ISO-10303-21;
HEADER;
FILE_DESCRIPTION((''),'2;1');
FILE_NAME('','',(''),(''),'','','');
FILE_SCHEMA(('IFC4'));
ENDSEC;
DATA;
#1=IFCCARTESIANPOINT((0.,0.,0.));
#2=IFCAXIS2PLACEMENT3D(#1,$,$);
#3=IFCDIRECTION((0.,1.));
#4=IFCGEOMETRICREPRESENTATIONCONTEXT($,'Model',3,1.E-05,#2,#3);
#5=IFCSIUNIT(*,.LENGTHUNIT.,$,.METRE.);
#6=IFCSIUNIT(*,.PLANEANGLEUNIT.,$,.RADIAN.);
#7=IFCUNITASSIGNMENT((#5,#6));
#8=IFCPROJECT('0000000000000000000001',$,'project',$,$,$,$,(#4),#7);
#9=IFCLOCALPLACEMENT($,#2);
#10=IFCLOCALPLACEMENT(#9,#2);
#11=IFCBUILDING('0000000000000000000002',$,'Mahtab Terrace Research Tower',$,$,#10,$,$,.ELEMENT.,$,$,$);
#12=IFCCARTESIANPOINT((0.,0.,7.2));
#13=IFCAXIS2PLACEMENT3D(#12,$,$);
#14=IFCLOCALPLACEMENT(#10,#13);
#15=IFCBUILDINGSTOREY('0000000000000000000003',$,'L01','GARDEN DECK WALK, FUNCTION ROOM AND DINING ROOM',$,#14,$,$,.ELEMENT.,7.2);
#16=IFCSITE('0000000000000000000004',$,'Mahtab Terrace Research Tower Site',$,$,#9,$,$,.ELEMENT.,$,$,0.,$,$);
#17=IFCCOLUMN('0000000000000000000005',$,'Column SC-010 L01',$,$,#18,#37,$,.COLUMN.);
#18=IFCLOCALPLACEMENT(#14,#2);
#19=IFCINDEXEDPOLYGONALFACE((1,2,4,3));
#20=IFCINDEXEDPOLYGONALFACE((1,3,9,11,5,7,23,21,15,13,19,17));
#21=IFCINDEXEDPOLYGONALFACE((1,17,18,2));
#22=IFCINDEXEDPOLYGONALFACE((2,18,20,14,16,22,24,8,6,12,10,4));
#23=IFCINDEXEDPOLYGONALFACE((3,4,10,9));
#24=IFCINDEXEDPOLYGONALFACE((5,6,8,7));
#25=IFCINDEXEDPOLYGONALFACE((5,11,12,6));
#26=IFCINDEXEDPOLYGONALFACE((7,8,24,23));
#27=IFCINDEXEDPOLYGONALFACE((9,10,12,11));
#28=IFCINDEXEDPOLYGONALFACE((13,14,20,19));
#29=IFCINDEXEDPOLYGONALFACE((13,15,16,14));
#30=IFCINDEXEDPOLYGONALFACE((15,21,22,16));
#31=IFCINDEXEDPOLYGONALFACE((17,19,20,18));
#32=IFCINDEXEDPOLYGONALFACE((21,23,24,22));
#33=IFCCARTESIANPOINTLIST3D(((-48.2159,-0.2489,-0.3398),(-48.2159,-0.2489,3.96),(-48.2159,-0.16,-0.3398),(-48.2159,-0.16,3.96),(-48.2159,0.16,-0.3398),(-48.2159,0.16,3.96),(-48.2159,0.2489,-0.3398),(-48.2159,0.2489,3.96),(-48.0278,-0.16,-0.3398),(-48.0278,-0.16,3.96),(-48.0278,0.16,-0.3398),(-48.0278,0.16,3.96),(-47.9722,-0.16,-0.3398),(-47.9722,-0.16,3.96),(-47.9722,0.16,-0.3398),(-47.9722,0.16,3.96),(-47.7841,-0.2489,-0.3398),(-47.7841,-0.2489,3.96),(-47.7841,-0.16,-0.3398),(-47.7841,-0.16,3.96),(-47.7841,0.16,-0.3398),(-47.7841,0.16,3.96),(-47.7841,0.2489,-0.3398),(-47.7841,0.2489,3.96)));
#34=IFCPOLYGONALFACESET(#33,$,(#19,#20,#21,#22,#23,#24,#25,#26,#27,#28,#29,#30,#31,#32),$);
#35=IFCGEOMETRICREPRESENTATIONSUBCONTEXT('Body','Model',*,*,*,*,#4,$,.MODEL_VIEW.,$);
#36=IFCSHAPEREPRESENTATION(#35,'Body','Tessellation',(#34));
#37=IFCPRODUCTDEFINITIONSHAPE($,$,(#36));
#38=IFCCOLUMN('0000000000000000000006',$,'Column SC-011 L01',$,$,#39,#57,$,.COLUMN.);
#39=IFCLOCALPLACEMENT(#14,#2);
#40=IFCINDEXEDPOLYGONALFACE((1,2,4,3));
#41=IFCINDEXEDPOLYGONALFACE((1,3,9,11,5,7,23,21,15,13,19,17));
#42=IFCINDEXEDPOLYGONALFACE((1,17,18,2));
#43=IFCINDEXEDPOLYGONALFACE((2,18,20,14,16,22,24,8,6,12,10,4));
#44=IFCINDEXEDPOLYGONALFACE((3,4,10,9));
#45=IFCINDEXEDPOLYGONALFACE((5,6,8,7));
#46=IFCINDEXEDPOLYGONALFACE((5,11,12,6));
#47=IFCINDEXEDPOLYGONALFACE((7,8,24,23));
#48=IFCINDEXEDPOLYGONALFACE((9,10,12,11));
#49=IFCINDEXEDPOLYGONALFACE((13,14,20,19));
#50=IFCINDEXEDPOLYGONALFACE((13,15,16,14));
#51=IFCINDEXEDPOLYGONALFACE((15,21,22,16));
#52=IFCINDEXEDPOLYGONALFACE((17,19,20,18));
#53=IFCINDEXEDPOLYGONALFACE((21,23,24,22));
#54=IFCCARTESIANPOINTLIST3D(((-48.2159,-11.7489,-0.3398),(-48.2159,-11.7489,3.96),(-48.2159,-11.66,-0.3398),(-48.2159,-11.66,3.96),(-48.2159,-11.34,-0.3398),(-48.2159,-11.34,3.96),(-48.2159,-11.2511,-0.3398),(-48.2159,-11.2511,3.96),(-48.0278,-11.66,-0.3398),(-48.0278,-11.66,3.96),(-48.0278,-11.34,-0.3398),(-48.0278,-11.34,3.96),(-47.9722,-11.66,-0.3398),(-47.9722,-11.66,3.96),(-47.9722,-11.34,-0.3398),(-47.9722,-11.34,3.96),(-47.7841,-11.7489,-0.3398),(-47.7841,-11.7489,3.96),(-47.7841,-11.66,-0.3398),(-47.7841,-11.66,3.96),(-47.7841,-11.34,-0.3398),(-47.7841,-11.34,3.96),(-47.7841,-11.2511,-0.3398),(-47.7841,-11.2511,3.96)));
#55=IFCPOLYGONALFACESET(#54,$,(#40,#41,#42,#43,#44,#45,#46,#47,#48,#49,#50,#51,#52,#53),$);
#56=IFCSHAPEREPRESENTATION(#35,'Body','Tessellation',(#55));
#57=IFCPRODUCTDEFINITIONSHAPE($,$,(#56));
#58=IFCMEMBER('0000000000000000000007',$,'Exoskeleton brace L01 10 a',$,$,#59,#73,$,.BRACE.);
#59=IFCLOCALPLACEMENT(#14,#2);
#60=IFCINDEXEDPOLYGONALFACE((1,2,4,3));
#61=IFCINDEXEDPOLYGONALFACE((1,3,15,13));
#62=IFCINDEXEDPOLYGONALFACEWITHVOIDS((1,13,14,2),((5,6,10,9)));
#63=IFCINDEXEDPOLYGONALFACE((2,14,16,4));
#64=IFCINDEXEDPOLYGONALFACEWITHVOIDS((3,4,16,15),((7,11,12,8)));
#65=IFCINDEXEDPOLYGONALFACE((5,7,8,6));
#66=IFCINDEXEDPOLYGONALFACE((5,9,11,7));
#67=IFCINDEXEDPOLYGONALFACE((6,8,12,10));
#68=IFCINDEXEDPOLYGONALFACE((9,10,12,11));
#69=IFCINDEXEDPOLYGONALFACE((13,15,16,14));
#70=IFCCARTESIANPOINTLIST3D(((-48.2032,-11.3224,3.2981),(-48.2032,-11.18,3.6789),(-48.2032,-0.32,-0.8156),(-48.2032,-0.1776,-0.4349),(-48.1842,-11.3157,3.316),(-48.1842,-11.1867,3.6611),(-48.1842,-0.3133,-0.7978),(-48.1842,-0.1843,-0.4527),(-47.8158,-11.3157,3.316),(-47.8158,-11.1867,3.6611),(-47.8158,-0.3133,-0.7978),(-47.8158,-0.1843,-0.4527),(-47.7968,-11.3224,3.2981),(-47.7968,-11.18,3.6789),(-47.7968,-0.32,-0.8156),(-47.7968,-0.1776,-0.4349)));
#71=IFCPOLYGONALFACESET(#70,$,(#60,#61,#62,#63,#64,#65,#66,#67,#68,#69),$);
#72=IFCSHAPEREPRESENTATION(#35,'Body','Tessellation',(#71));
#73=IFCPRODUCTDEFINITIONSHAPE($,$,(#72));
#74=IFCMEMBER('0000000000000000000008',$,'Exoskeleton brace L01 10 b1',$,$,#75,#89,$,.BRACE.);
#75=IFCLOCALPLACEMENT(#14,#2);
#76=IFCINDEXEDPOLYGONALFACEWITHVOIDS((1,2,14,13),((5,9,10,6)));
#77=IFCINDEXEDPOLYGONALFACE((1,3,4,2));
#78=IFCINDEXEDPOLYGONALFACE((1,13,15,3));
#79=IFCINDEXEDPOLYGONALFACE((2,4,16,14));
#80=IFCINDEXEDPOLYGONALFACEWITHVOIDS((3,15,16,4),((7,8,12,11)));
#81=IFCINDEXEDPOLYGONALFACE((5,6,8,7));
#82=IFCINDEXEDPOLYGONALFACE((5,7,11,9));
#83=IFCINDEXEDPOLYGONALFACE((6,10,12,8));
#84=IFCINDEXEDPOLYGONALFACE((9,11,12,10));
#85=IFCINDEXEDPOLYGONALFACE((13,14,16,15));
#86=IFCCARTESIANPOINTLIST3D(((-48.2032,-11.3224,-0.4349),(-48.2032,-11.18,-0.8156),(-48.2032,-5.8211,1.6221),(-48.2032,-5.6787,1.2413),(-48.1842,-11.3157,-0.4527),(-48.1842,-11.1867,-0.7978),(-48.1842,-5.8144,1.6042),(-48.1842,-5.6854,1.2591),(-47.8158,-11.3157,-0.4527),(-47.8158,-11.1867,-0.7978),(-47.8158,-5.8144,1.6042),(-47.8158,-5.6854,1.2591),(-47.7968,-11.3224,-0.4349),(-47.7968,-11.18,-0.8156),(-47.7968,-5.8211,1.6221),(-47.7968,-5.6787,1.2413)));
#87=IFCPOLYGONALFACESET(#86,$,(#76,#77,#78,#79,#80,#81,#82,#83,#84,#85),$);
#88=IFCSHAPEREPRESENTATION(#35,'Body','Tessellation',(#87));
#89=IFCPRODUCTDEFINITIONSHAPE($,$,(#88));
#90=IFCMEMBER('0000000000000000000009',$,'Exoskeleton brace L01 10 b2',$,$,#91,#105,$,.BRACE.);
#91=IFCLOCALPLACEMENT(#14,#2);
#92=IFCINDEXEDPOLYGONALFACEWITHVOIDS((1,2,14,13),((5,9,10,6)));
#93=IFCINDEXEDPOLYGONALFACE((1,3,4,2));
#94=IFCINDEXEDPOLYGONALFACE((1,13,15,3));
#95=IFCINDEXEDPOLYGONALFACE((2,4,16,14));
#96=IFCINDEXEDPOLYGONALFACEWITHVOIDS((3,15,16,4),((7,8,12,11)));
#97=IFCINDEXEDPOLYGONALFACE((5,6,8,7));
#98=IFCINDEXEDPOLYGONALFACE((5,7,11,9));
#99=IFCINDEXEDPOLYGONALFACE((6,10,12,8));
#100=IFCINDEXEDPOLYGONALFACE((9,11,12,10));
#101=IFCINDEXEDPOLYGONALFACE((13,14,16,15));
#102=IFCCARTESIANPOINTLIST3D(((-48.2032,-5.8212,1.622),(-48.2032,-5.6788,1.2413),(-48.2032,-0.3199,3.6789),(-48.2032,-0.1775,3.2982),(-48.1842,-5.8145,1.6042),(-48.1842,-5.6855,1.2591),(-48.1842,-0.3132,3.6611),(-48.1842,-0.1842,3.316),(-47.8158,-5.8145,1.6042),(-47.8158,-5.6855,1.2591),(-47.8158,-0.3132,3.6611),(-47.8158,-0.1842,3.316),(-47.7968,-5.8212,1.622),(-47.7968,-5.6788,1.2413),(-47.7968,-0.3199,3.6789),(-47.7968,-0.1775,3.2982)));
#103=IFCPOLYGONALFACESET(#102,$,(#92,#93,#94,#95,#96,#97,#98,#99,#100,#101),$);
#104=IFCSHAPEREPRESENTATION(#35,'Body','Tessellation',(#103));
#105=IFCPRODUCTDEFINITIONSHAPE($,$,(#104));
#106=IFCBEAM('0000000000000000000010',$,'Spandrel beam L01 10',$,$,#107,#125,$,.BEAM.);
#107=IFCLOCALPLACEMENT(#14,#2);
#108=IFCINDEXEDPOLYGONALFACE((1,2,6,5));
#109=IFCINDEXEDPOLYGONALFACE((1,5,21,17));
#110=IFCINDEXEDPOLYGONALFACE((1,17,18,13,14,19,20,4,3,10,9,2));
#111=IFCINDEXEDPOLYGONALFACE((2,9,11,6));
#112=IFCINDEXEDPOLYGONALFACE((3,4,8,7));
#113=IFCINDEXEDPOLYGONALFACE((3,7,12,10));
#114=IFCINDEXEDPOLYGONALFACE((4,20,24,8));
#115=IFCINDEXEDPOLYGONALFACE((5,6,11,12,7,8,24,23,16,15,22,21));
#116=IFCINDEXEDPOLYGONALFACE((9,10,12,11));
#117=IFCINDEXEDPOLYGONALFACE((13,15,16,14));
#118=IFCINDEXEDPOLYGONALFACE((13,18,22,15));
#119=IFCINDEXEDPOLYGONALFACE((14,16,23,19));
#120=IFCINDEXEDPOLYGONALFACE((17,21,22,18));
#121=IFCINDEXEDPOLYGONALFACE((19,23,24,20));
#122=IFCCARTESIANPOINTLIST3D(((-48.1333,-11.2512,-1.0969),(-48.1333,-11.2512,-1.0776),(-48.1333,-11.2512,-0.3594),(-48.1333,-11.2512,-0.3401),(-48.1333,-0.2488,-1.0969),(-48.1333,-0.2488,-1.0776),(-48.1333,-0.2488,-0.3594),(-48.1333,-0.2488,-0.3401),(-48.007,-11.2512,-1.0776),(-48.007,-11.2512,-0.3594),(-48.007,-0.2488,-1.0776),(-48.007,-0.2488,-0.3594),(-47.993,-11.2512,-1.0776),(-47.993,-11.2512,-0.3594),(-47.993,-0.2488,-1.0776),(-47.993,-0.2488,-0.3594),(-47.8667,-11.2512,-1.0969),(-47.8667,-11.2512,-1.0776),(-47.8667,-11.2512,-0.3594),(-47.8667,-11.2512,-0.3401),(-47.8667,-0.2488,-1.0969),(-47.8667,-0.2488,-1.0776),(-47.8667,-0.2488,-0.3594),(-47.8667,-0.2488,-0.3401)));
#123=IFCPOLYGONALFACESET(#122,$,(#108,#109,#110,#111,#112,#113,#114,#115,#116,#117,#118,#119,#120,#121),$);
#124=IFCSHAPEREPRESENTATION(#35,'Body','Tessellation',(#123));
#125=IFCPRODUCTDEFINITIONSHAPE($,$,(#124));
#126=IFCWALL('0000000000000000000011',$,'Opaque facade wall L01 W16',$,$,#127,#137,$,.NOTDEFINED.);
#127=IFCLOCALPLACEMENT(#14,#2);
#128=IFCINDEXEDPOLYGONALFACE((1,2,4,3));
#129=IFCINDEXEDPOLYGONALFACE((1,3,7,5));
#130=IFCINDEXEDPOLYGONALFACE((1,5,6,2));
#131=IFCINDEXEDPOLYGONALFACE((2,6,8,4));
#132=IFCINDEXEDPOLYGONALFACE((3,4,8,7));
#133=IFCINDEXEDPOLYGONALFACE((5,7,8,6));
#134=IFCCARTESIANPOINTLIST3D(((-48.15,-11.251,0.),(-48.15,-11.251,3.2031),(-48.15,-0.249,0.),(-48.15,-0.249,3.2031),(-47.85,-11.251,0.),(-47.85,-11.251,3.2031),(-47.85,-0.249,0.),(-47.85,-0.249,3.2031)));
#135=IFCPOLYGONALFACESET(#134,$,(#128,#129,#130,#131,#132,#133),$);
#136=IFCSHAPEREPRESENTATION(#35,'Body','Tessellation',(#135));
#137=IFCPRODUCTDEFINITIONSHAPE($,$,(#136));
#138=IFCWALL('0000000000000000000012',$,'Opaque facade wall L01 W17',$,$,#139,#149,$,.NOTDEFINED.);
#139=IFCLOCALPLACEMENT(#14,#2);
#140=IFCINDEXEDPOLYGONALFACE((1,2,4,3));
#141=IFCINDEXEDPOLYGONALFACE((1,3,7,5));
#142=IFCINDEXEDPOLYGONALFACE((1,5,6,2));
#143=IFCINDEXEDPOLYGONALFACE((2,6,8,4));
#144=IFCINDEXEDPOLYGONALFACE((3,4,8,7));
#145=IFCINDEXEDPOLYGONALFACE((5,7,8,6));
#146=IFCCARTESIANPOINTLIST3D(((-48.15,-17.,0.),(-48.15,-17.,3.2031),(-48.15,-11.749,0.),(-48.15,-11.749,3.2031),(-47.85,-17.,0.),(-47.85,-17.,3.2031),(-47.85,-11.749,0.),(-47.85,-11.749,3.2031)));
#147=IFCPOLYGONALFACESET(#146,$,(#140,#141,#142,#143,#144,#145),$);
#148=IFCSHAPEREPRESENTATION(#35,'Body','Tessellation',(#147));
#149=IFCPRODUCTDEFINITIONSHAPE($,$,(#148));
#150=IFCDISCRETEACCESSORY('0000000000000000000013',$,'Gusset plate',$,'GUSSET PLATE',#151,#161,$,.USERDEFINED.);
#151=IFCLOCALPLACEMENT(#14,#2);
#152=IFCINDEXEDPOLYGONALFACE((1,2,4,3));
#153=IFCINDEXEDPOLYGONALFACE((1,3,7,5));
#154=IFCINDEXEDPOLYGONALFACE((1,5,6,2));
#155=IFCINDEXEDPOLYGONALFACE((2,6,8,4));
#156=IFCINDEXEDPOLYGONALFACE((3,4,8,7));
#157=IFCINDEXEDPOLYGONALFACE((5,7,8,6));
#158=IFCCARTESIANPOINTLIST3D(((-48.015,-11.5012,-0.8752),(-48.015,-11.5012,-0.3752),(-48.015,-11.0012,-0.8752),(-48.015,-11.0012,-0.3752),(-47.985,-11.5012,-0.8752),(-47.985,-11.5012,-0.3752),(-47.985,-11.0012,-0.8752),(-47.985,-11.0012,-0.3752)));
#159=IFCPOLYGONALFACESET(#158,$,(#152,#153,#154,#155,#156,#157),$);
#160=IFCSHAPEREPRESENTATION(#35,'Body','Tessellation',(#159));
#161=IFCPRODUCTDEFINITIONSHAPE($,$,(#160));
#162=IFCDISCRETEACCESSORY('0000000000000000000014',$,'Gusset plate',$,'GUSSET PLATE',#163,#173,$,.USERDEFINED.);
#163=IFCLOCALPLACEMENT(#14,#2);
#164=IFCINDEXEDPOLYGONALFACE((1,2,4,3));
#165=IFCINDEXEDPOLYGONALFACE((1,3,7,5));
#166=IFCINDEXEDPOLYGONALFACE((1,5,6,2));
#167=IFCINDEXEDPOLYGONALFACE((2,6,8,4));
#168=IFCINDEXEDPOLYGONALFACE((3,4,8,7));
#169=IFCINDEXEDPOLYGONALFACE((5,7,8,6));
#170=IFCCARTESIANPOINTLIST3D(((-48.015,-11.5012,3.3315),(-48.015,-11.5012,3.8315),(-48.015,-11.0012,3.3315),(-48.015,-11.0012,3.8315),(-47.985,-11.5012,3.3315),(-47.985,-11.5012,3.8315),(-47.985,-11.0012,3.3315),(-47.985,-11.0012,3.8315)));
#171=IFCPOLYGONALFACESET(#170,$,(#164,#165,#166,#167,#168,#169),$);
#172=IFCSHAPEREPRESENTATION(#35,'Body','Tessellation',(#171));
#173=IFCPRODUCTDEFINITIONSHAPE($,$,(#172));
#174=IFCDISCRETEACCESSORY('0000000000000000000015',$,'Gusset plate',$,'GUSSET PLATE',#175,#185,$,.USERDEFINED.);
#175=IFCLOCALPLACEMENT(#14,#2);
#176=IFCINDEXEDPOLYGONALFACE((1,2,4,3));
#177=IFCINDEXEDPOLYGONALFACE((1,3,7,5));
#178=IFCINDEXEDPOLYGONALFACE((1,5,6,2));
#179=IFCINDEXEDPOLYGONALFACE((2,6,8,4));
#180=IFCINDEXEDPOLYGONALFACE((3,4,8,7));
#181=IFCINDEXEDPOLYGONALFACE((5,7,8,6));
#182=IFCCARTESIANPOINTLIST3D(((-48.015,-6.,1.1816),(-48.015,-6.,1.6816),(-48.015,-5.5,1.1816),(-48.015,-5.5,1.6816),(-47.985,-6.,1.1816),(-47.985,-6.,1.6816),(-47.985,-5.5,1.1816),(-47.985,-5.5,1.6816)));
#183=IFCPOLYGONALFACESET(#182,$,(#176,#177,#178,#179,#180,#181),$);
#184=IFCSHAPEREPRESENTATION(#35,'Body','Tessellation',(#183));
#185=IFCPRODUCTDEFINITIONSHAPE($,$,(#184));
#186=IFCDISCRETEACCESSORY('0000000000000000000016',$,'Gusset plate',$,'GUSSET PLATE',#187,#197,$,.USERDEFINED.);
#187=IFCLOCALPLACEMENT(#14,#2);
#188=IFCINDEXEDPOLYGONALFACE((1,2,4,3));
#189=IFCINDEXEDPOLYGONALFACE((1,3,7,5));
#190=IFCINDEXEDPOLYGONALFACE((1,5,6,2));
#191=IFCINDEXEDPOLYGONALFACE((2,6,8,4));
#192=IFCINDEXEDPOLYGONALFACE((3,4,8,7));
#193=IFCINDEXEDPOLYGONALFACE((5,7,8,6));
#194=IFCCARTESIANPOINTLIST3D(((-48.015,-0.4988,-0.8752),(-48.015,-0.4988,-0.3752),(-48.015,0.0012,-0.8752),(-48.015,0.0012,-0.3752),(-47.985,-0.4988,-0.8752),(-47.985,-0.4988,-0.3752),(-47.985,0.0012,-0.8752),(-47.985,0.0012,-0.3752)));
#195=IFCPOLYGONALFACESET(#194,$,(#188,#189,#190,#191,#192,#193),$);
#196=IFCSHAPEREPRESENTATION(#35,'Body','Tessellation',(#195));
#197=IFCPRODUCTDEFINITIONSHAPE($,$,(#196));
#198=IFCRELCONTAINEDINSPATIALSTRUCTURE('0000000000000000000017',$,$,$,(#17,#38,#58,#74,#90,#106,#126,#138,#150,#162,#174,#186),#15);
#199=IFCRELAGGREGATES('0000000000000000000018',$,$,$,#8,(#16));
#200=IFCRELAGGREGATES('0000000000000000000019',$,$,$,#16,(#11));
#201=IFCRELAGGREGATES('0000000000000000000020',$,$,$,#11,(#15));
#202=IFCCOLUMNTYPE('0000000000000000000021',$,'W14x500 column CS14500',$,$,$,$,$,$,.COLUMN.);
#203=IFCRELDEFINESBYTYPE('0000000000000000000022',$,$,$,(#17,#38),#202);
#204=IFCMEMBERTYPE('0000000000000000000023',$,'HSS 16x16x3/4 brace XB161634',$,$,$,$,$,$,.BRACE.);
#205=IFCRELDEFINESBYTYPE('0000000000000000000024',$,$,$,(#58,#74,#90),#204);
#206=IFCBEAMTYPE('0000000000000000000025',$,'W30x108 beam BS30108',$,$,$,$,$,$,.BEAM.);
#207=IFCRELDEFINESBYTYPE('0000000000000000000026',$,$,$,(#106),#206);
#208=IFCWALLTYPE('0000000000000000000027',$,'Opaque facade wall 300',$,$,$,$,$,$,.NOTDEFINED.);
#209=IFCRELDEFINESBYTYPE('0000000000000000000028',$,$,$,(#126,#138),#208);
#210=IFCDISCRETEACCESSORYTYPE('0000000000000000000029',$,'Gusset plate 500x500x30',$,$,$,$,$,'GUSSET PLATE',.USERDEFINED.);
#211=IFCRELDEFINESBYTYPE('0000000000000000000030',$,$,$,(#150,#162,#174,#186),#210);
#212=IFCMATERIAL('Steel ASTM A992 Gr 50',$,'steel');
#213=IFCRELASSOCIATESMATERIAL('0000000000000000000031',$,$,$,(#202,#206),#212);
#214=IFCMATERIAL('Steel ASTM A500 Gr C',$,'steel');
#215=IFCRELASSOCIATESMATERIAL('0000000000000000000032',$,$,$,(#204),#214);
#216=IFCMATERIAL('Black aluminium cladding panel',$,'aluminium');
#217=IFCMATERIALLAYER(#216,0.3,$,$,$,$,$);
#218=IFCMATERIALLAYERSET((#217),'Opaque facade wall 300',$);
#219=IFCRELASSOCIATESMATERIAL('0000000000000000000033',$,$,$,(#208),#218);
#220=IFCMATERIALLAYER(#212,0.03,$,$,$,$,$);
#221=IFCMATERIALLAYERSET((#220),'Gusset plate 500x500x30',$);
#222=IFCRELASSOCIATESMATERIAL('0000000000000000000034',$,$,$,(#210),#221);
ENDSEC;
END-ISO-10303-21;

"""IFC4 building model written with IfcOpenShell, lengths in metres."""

from ifc_helpers import new_model, si_unit, direction, frame, frame_2d, origin, origin_2d, place, context, subcontext, project, spatial, rectangle, hollow_rectangle, i_section, extrude, material, layer, layer_set, material_profile, profile_set, type_object, element, save


model = new_model("IFC4")

# Units and contexts
model_context = context("Model", 3, precision=1e-05, world=origin(), true_north=direction((0.0, 1.0)))
body_context = subcontext(model_context, "Body", "Model", "MODEL_VIEW")
ifc_project = project(units=[si_unit("LENGTHUNIT", "METRE"), si_unit("PLANEANGLEUNIT", "RADIAN")], contexts=[model_context])

# Site, building, storey
site_placement = place(None, origin())
site = spatial("IfcSite", under=ifc_project, at=site_placement, Name="Mahtab Terrace Research Tower Site", CompositionType="ELEMENT", RefElevation=0.0)
building_placement = place(site_placement, origin())
building = spatial("IfcBuilding", under=site, at=building_placement, Name="Mahtab Terrace Research Tower", CompositionType="ELEMENT")
storey_placement = place(building_placement, frame((0.0, 0.0, 7.2)))
storey = spatial("IfcBuildingStorey", under=building, at=storey_placement, Name="L01", Description="GARDEN DECK WALK, FUNCTION ROOM AND DINING ROOM", CompositionType="ELEMENT", Elevation=7.2)

# Columns
ifc_material_1 = material(Name="Steel ASTM A992 Gr 50", Category="steel")
ifc_material_profile_1 = material_profile(ifc_material_1, i_section(OverallWidth=0.4319, OverallDepth=0.4978, WebThickness=0.0557, FlangeThickness=0.0889, at=origin_2d()), Name="W14X500")
ifc_profile_set_1 = profile_set([ifc_material_profile_1], Name="Steel ASTM A992 Gr 50")
column_type = type_object("IfcColumnType", Name="W14x500 column CS14500", PredefinedType="COLUMN", material=ifc_profile_set_1)
for number, where, z_axis, x_axis, name in (
    (1, (-48.0, 0.0, -0.3398), (0.0, 0.0, 1.0), (1.0, 0.0, 0.0), "Column SC-010 L01"),
    (2, (-48.0, -11.5, -0.3398), (0.0, 0.0, 1.0), (1.0, 0.0, 0.0), "Column SC-011 L01"),
):
    element("IfcColumn", number, at=place(storey_placement, frame(where, z_axis=z_axis, x_axis=x_axis)), inside=storey, type_object=column_type, Name=name, PredefinedType="COLUMN", context=body_context, shape_type="SweptSolid", body=[
        extrude(i_section(OverallWidth=0.4319, OverallDepth=0.4978, WebThickness=0.0557, FlangeThickness=0.0889, at=origin_2d()), origin(), (0.0, 0.0, 1.0), 4.2998),
    ])

# Members
ifc_material_2 = material(Name="Steel ASTM A500 Gr C", Category="steel")
ifc_material_profile_2 = material_profile(ifc_material_2, hollow_rectangle(XDim=0.4065, YDim=0.4065, WallThickness=0.019, at=origin_2d()), Name="HSS16X16X3/4")
ifc_profile_set_2 = profile_set([ifc_material_profile_2], Name="Steel ASTM A500 Gr C")
member_type = type_object("IfcMemberType", Name="HSS 16x16x3/4 brace XB161634", PredefinedType="BRACE", material=ifc_profile_set_2)
member_placement = place(storey_placement, frame((-48.0, -0.2488, -0.6252), z_axis=(0.0, -0.936669, 0.350217), x_axis=(1.0, 0.0, 0.0)))
element("IfcMember", 3, at=member_placement, inside=storey, type_object=member_type, Name="Exoskeleton brace L01 10 a", PredefinedType="BRACE", context=body_context, shape_type="SweptSolid", body=[
    extrude(hollow_rectangle(XDim=0.4065, YDim=0.4065, WallThickness=0.019, at=origin_2d()), origin(), (0.0, 0.0, 1.0), 11.7463),
])
for number, where, z_axis, x_axis, name in (
    (4, (-48.0, -11.2512, -0.6252), (0.0, 0.936669, 0.350217), (-1.0, 0.0, 0.0), "Exoskeleton brace L01 10 b1"),
    (5, (-48.0, -5.75, 1.4316), (0.0, 0.936669, 0.350217), (-1.0, 0.0, 0.0), "Exoskeleton brace L01 10 b2"),
):
    element("IfcMember", number, at=place(storey_placement, frame(where, z_axis=z_axis, x_axis=x_axis)), inside=storey, type_object=member_type, Name=name, PredefinedType="BRACE", context=body_context, shape_type="SweptSolid", body=[
        extrude(hollow_rectangle(XDim=0.4065, YDim=0.4065, WallThickness=0.019, at=origin_2d()), origin(), (0.0, 0.0, 1.0), 5.8733),
    ])

# Beam
ifc_material_profile_3 = material_profile(ifc_material_1, i_section(OverallWidth=0.2666, OverallDepth=0.7568, WebThickness=0.0139, FlangeThickness=0.0193, at=origin_2d()), Name="W30X108")
ifc_profile_set_3 = profile_set([ifc_material_profile_3], Name="Steel ASTM A992 Gr 50")
beam_type = type_object("IfcBeamType", Name="W30x108 beam BS30108", PredefinedType="BEAM", material=ifc_profile_set_3)
beam_placement = place(storey_placement, frame((-48.0, -0.2488, -0.7185), z_axis=(0.0, -1.0, 0.0), x_axis=(1.0, 0.0, 0.0)))
element("IfcBeam", 6, at=beam_placement, inside=storey, type_object=beam_type, Name="Spandrel beam L01 10", PredefinedType="BEAM", context=body_context, shape_type="SweptSolid", body=[
    extrude(i_section(OverallWidth=0.2666, OverallDepth=0.7568, WebThickness=0.0139, FlangeThickness=0.0193, at=origin_2d()), origin(), (0.0, 0.0, 1.0), 11.0024),
])

# Walls
ifc_material_3 = material(Name="Black aluminium cladding panel", Category="aluminium")
ifc_layer_1 = layer(ifc_material_3, 0.3)
ifc_layer_set_1 = layer_set([ifc_layer_1], Name="Opaque facade wall 300")
wall_type = type_object("IfcWallType", Name="Opaque facade wall 300", PredefinedType="NOTDEFINED", material=ifc_layer_set_1)
wall_1_placement = place(storey_placement, frame((-48.0, -0.249, 0.0), z_axis=(0.0, 0.0, 1.0), x_axis=(0.0, -1.0, 0.0)))
element("IfcWall", 7, at=wall_1_placement, inside=storey, type_object=wall_type, Name="Opaque facade wall L01 W16", PredefinedType="NOTDEFINED", context=body_context, shape_type="SweptSolid", body=[
    extrude(rectangle(XDim=11.002, YDim=0.3, at=frame_2d((5.501, 0.0))), origin(), (0.0, 0.0, 1.0), 3.2031),
])
wall_2_placement = place(storey_placement, frame((-48.0, -11.749, 0.0), z_axis=(0.0, 0.0, 1.0), x_axis=(0.0, -1.0, 0.0)))
element("IfcWall", 8, at=wall_2_placement, inside=storey, type_object=wall_type, Name="Opaque facade wall L01 W17", PredefinedType="NOTDEFINED", context=body_context, shape_type="SweptSolid", body=[
    extrude(rectangle(XDim=5.251, YDim=0.3, at=frame_2d((2.6255, 0.0))), origin(), (0.0, 0.0, 1.0), 3.2031),
])

# Discrete accessories
ifc_layer_2 = layer(ifc_material_1, 0.03)
ifc_layer_set_2 = layer_set([ifc_layer_2], Name="Gusset plate 500x500x30")
discrete_accessory_type = type_object("IfcDiscreteAccessoryType", Name="Gusset plate 500x500x30", ElementType="GUSSET PLATE", PredefinedType="USERDEFINED", material=ifc_layer_set_2)
for number, where, z_axis, x_axis, name in (
    (9, (-48.0, -11.2512, -0.8752), (0.0, 0.0, 1.0), (0.0, 1.0, 0.0), "Gusset plate"),
    (10, (-48.0, -11.2512, 3.3315), (0.0, 0.0, 1.0), (0.0, 1.0, 0.0), "Gusset plate"),
    (11, (-48.0, -5.75, 1.1816), (0.0, 0.0, 1.0), (0.0, 1.0, 0.0), "Gusset plate"),
    (12, (-48.0, -0.2488, -0.8752), (0.0, 0.0, 1.0), (0.0, 1.0, 0.0), "Gusset plate"),
):
    element("IfcDiscreteAccessory", number, at=place(storey_placement, frame(where, z_axis=z_axis, x_axis=x_axis)), inside=storey, type_object=discrete_accessory_type, Name=name, ObjectType="GUSSET PLATE", PredefinedType="USERDEFINED", context=body_context, shape_type="SweptSolid", body=[
        extrude(rectangle(XDim=0.5, YDim=0.03, at=origin_2d()), origin(), (0.0, 0.0, 1.0), 0.5),
    ])

save(model, "model.ifc")
